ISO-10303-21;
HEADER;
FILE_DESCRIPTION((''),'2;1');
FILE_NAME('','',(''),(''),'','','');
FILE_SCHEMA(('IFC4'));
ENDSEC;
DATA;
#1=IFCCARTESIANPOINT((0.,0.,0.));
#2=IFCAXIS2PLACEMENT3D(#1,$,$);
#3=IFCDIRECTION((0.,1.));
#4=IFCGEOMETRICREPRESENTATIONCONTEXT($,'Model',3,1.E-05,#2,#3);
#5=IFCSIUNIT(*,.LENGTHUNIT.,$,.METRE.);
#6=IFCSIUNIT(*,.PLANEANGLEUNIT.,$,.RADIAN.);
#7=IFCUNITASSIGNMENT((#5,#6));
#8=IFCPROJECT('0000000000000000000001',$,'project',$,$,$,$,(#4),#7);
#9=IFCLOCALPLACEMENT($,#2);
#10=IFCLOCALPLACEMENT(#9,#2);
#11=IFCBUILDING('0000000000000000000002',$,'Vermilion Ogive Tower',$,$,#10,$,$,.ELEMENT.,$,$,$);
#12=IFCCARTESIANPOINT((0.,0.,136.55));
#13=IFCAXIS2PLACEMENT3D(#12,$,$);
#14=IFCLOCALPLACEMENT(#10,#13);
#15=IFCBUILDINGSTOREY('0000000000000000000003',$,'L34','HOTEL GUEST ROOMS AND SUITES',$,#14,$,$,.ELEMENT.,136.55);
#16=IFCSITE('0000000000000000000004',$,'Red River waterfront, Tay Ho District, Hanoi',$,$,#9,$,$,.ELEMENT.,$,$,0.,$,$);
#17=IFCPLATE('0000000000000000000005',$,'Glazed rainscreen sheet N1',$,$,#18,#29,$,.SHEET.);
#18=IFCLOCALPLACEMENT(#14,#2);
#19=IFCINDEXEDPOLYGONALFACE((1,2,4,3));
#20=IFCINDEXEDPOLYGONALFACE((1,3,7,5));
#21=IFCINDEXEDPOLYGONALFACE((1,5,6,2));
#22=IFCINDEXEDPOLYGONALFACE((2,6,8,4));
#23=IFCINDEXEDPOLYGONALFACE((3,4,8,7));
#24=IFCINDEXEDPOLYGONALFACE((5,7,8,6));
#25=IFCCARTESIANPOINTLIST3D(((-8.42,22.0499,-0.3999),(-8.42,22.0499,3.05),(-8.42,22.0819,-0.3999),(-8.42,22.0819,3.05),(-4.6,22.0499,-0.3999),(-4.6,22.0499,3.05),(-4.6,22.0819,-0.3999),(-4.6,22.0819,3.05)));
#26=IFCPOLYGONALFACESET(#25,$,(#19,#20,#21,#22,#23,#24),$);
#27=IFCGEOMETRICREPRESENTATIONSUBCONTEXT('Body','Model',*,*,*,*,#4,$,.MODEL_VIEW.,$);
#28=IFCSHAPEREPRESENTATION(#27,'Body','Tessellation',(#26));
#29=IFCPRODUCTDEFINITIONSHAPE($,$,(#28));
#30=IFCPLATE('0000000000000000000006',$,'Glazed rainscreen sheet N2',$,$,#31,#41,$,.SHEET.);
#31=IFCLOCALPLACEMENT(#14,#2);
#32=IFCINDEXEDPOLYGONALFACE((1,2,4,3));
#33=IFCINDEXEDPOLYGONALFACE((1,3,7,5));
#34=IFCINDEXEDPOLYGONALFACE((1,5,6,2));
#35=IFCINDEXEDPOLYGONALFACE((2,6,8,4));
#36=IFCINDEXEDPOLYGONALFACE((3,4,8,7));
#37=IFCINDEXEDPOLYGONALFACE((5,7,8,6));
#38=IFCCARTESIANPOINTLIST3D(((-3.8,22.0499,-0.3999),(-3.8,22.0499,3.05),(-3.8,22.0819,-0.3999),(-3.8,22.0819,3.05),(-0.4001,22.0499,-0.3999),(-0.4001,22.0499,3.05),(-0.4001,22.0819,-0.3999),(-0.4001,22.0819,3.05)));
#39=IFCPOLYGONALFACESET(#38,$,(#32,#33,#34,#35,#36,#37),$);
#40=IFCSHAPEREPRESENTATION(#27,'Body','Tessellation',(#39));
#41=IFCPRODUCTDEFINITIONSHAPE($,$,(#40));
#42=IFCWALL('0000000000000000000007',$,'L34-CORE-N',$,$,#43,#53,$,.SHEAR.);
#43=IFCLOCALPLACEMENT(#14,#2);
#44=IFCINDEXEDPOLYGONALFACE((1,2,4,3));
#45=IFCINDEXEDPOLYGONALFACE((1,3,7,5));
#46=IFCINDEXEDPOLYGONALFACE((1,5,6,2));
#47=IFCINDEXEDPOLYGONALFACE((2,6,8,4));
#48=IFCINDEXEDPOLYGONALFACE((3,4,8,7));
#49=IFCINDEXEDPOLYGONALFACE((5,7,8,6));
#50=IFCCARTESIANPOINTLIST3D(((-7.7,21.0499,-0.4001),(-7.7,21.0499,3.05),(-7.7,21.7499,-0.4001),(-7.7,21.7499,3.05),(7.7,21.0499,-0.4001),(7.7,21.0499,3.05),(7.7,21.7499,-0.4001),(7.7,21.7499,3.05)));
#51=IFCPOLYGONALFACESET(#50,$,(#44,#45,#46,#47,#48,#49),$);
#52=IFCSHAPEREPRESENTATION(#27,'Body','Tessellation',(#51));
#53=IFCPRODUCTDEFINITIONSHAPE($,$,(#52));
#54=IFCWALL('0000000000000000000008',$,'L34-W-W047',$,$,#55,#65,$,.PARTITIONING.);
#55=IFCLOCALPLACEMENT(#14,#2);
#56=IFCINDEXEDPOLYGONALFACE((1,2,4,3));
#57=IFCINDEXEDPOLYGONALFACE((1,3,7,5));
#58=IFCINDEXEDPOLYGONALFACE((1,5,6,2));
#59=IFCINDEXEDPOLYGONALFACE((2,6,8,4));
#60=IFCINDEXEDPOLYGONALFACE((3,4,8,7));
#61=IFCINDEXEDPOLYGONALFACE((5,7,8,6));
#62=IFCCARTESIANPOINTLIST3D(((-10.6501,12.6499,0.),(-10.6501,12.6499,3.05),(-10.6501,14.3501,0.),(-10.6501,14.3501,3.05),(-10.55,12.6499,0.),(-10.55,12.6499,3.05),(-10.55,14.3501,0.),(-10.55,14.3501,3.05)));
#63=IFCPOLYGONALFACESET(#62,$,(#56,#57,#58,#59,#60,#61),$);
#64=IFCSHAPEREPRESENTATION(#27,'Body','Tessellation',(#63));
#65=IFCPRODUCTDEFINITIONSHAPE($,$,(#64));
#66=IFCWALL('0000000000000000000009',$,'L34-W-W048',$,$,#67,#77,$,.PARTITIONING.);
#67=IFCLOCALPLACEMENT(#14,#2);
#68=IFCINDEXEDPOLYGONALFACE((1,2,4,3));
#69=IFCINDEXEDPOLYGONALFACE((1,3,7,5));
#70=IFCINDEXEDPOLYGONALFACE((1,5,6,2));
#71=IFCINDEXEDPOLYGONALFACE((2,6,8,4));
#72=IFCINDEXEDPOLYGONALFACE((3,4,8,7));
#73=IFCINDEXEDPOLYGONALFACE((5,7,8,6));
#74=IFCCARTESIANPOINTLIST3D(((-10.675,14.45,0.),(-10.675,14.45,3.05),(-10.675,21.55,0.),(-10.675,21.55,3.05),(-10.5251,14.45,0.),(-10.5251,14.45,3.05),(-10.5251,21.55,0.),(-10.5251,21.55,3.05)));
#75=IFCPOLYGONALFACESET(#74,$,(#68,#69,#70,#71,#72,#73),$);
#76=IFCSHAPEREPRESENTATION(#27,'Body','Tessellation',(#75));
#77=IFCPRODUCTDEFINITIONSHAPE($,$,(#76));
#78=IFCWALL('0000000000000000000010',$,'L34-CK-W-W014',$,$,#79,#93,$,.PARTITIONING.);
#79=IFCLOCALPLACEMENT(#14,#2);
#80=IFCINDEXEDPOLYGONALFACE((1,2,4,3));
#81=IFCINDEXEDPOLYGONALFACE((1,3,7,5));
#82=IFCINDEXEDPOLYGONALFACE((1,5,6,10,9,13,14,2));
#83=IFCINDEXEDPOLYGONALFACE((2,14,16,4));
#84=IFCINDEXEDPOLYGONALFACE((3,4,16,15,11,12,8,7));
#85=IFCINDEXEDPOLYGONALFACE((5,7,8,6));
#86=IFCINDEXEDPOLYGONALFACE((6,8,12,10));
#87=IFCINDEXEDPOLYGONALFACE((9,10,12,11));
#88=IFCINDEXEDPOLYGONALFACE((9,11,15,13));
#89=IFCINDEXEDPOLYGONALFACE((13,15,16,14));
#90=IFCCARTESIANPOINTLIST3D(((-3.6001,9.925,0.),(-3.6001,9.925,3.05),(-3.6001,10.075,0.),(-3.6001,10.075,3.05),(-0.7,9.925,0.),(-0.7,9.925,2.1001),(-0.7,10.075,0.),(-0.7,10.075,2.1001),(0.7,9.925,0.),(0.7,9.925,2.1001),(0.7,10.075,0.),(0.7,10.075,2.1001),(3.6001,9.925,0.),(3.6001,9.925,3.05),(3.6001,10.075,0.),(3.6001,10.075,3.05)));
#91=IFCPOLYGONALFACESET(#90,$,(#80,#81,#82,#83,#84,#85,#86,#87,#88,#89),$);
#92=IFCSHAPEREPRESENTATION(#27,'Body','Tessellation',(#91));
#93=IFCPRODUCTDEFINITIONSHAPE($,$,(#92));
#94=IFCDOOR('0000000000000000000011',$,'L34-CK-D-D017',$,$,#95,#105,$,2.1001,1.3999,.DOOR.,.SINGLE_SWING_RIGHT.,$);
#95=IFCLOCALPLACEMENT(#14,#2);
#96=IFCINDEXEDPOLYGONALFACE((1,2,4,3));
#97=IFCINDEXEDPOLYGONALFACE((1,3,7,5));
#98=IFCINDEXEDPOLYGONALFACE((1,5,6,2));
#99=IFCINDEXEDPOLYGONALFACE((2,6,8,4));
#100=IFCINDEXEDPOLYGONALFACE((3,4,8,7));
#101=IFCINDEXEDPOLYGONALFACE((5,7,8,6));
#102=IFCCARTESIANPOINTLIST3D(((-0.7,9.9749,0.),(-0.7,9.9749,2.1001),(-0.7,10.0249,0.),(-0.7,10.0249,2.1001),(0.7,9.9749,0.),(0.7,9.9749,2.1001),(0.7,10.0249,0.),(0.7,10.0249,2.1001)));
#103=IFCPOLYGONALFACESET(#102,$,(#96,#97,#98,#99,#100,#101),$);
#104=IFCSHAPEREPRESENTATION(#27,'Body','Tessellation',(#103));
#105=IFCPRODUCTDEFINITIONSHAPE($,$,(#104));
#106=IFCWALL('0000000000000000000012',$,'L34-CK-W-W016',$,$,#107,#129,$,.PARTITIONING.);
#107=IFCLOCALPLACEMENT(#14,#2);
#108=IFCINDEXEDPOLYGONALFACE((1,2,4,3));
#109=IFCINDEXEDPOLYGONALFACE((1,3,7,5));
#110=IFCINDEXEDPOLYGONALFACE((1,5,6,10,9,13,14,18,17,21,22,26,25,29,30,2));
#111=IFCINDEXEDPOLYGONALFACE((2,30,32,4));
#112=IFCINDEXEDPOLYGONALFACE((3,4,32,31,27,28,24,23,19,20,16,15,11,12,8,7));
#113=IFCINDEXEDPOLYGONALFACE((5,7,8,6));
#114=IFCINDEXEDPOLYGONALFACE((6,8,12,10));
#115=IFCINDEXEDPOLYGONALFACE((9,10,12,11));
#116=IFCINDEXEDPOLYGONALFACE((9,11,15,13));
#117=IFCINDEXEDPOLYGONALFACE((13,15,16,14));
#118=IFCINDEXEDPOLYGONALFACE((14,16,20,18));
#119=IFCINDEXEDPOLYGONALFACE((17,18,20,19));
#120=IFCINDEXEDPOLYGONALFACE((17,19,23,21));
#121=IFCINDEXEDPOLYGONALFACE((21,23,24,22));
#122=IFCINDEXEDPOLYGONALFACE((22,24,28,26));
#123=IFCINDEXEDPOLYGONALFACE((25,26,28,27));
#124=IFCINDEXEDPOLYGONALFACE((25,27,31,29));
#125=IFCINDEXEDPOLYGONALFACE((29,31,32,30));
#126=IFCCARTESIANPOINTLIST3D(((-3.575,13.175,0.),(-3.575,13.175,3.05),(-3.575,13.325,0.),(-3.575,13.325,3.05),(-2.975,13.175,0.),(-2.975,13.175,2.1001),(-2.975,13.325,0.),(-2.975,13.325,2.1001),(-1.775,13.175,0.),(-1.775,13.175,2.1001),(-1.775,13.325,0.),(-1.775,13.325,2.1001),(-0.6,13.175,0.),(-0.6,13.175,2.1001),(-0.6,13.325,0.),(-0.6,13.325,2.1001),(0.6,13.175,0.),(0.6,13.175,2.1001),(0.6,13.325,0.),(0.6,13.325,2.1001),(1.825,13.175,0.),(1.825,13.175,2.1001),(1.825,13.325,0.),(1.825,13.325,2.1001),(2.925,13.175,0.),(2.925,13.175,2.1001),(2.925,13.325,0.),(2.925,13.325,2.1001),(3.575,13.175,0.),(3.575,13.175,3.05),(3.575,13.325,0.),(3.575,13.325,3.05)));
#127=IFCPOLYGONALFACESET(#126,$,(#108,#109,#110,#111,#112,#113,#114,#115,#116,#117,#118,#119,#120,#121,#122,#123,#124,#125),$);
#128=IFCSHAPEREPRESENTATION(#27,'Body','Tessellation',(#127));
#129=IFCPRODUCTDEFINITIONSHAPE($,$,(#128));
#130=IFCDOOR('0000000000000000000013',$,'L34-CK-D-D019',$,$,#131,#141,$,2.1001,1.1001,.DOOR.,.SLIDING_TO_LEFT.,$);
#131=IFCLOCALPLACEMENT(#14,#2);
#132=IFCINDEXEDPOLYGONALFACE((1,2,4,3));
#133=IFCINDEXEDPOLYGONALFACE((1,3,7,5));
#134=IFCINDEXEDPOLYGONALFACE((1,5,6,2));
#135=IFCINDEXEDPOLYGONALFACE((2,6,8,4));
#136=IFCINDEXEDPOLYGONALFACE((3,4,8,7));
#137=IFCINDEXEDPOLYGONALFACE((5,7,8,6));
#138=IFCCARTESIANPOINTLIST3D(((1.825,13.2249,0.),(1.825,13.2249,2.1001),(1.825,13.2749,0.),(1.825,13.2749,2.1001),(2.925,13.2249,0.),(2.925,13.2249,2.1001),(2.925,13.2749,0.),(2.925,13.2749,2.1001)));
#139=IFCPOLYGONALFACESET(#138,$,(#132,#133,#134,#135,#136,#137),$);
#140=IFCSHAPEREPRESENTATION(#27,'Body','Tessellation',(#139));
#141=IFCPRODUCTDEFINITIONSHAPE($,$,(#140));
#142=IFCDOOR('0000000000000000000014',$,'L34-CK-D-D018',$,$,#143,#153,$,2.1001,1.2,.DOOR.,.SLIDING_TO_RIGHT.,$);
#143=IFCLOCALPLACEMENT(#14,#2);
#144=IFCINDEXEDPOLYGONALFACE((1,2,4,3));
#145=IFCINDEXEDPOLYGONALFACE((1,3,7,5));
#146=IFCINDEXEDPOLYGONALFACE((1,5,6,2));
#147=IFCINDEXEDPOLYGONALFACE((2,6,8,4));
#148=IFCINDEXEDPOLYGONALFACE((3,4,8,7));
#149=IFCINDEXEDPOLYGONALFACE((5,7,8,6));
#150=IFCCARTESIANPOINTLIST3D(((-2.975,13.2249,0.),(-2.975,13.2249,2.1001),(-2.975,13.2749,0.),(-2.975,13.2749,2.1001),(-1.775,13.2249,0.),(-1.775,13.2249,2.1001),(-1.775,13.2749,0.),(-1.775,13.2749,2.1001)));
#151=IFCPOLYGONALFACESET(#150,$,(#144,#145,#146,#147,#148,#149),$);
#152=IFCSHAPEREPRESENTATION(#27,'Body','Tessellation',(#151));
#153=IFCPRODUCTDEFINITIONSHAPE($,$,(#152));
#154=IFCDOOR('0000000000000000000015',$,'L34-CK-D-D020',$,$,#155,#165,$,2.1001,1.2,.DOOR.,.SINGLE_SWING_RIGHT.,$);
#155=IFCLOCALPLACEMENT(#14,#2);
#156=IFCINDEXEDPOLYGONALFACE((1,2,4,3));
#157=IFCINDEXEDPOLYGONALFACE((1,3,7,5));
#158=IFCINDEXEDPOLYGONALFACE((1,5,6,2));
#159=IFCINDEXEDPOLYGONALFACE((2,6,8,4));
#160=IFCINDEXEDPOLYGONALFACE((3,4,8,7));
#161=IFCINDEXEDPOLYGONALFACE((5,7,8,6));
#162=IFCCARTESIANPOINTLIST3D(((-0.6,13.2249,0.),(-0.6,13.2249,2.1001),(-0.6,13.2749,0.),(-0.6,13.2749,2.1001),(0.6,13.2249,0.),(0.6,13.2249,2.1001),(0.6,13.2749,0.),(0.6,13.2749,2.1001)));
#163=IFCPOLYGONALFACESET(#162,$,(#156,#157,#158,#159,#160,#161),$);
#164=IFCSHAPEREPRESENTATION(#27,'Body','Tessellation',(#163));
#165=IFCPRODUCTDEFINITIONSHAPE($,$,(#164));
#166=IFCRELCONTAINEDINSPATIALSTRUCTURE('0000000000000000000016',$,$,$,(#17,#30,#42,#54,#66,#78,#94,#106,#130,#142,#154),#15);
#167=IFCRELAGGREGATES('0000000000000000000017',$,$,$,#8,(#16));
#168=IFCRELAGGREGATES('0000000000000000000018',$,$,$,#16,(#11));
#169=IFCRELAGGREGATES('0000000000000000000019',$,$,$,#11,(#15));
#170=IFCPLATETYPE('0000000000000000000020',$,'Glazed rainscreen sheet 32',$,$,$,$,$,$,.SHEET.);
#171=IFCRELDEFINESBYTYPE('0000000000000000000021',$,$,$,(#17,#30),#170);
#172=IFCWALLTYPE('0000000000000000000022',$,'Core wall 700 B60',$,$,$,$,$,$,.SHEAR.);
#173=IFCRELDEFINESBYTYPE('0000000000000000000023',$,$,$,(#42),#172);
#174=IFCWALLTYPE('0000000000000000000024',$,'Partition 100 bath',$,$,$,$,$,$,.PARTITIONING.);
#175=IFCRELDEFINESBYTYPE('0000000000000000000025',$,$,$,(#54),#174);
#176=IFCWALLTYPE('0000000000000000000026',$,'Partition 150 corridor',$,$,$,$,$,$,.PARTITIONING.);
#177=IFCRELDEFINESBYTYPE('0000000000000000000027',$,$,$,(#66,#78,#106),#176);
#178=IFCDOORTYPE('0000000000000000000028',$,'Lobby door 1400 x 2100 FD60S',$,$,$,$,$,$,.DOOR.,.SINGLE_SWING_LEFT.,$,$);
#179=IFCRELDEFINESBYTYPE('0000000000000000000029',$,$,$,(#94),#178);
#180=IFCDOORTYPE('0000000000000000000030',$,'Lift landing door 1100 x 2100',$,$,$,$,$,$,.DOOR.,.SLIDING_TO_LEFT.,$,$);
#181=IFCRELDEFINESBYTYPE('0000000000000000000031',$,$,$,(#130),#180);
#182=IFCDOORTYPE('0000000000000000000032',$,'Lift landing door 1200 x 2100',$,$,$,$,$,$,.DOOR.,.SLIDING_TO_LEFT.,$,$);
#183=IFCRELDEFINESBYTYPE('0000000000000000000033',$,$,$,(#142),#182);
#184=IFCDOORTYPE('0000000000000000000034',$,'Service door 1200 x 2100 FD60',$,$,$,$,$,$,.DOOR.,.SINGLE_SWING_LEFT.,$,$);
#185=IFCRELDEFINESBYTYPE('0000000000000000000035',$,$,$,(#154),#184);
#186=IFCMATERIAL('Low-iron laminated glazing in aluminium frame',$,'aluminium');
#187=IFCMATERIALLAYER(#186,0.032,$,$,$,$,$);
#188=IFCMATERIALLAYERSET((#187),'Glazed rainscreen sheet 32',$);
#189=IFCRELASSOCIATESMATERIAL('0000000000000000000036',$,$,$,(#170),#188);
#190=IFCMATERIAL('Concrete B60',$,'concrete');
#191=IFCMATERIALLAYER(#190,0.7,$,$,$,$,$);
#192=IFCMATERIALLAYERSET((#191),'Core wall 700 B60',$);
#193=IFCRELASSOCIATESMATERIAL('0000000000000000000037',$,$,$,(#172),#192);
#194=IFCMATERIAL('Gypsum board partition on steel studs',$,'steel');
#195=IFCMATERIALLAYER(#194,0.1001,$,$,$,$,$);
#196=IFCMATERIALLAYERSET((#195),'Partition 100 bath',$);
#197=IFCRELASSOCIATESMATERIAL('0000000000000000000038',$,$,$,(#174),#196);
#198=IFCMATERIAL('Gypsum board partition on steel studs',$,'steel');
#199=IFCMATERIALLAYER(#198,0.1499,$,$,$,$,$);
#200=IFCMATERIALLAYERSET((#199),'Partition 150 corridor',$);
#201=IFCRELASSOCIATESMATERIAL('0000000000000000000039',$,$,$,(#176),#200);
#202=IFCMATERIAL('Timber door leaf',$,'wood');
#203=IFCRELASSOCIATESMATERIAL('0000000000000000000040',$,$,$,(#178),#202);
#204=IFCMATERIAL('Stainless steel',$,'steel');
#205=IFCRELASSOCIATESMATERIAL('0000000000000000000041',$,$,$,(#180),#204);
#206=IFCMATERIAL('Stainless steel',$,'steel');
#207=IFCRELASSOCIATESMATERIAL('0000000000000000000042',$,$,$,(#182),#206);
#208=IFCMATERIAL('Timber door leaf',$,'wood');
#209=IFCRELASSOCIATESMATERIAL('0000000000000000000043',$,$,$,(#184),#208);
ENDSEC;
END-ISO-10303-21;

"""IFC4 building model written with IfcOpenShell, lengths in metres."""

from ifc_helpers import new_model, si_unit, direction, frame, frame_2d, origin, origin_2d, place, context, subcontext, project, spatial, rectangle, extrude, material, layer, layer_set, type_object, element, fill, save


model = new_model("IFC4")

# Units and contexts
model_context = context("Model", 3, precision=1e-05, world=origin(), true_north=direction((0.0, 1.0)))
body_context = subcontext(model_context, "Body", "Model", "MODEL_VIEW")
ifc_project = project(units=[si_unit("LENGTHUNIT", "METRE"), si_unit("PLANEANGLEUNIT", "RADIAN")], contexts=[model_context])

# Site, building, storey
site_placement = place(None, origin())
site = spatial("IfcSite", under=ifc_project, at=site_placement, Name="Red River waterfront, Tay Ho District, Hanoi", CompositionType="ELEMENT", RefElevation=0.0)
building_placement = place(site_placement, origin())
building = spatial("IfcBuilding", under=site, at=building_placement, Name="Vermilion Ogive Tower", CompositionType="ELEMENT")
storey_placement = place(building_placement, frame((0.0, 0.0, 136.55)))
storey = spatial("IfcBuildingStorey", under=building, at=storey_placement, Name="L34", Description="HOTEL GUEST ROOMS AND SUITES", CompositionType="ELEMENT", Elevation=136.55)

# Plates
ifc_material_1 = material(Name="Low-iron laminated glazing in aluminium frame", Category="aluminium")
ifc_layer_1 = layer(ifc_material_1, 0.032)
ifc_layer_set_1 = layer_set([ifc_layer_1], Name="Glazed rainscreen sheet 32")
plate_type = type_object("IfcPlateType", Name="Glazed rainscreen sheet 32", PredefinedType="SHEET", material=ifc_layer_set_1)
plate_1_placement = place(storey_placement, frame((-6.51, 22.0659, -0.3999), z_axis=(0.0, 0.0, 1.0), x_axis=(1.0, 0.0, 0.0)))
element("IfcPlate", 1, at=plate_1_placement, inside=storey, type_object=plate_type, Name="Glazed rainscreen sheet N1", PredefinedType="SHEET", context=body_context, shape_type="SweptSolid", body=[
    extrude(rectangle(XDim=3.8201, YDim=0.032, at=origin_2d()), origin(), (0.0, 0.0, 1.0), 3.45),
])
plate_2_placement = place(storey_placement, frame((-2.1001, 22.0659, -0.3999), z_axis=(0.0, 0.0, 1.0), x_axis=(1.0, 0.0, 0.0)))
element("IfcPlate", 2, at=plate_2_placement, inside=storey, type_object=plate_type, Name="Glazed rainscreen sheet N2", PredefinedType="SHEET", context=body_context, shape_type="SweptSolid", body=[
    extrude(rectangle(XDim=3.3999, YDim=0.032, at=origin_2d()), origin(), (0.0, 0.0, 1.0), 3.45),
])

# Walls
ifc_material_2 = material(Name="Concrete B60", Category="concrete")
ifc_layer_2 = layer(ifc_material_2, 0.7)
ifc_layer_set_2 = layer_set([ifc_layer_2], Name="Core wall 700 B60")
wall_type_1 = type_object("IfcWallType", Name="Core wall 700 B60", PredefinedType="SHEAR", material=ifc_layer_set_2)
wall_1_placement = place(storey_placement, frame((-7.7, 21.3999, -0.4001), z_axis=(0.0, 0.0, 1.0), x_axis=(1.0, 0.0, 0.0)))
element("IfcWall", 3, at=wall_1_placement, inside=storey, type_object=wall_type_1, Name="L34-CORE-N", PredefinedType="SHEAR", context=body_context, shape_type="SweptSolid", body=[
    extrude(rectangle(XDim=15.3999, YDim=0.7, at=frame_2d((7.7, 0.0))), origin(), (0.0, 0.0, 1.0), 3.4502),
])
ifc_material_3 = material(Name="Gypsum board partition on steel studs", Category="steel")
ifc_layer_3 = layer(ifc_material_3, 0.1001)
ifc_layer_set_3 = layer_set([ifc_layer_3], Name="Partition 100 bath")
wall_type_2 = type_object("IfcWallType", Name="Partition 100 bath", PredefinedType="PARTITIONING", material=ifc_layer_set_3)
wall_2_placement = place(storey_placement, frame((-10.6001, 12.6499, 0.0), z_axis=(0.0, 0.0, 1.0), x_axis=(0.0, 1.0, 0.0)))
element("IfcWall", 4, at=wall_2_placement, inside=storey, type_object=wall_type_2, Name="L34-W-W047", PredefinedType="PARTITIONING", context=body_context, shape_type="SweptSolid", body=[
    extrude(rectangle(XDim=1.7002, YDim=0.1001, at=frame_2d((0.8501, 0.0))), origin(), (0.0, 0.0, 1.0), 3.05),
])
ifc_material_4 = material(Name="Gypsum board partition on steel studs", Category="steel")
ifc_layer_4 = layer(ifc_material_4, 0.1499)
ifc_layer_set_4 = layer_set([ifc_layer_4], Name="Partition 150 corridor")
wall_type_3 = type_object("IfcWallType", Name="Partition 150 corridor", PredefinedType="PARTITIONING", material=ifc_layer_set_4)
wall_3_placement = place(storey_placement, frame((-10.6001, 14.45, 0.0), z_axis=(0.0, 0.0, 1.0), x_axis=(0.0, 1.0, 0.0)))
element("IfcWall", 5, at=wall_3_placement, inside=storey, type_object=wall_type_3, Name="L34-W-W048", PredefinedType="PARTITIONING", context=body_context, shape_type="SweptSolid", body=[
    extrude(rectangle(XDim=7.1001, YDim=0.1499, at=frame_2d((3.55, 0.0))), origin(), (0.0, 0.0, 1.0), 3.05),
])

# Wall, opening, door
wall_4_placement = place(storey_placement, frame((-3.6001, 10.0, 0.0), z_axis=(0.0, 0.0, 1.0), x_axis=(1.0, 0.0, 0.0)))
wall_4 = element("IfcWall", 6, at=wall_4_placement, inside=storey, type_object=wall_type_3, Name="L34-CK-W-W014", PredefinedType="PARTITIONING", context=body_context, shape_type="SweptSolid", body=[
    extrude(rectangle(XDim=7.2002, YDim=0.1499, at=frame_2d((3.6001, 0.0))), origin(), (0.0, 0.0, 1.0), 3.05),
])
opening_1_placement = place(wall_4_placement, frame((2.9001, 0.0, 0.0)))
opening_1 = element("IfcOpeningElement", 7, at=opening_1_placement, cuts=wall_4, PredefinedType="OPENING", context=body_context, shape_type="SweptSolid", body=[
    extrude(rectangle(XDim=1.3999, YDim=2.1001, at=frame_2d((0.7, 1.05))), frame((0.0, 0.085, 0.0), z_axis=(0.0, -1.0, 0.0), x_axis=(1.0, 0.0, 0.0)), (0.0, 0.0, 1.0), 0.1699),
])
ifc_material_5 = material(Name="Timber door leaf", Category="wood")
door_type_1 = type_object("IfcDoorType", Name="Lobby door 1400 x 2100 FD60S", OperationType="SINGLE_SWING_LEFT", PredefinedType="DOOR", material=ifc_material_5)
door_1_placement = place(opening_1_placement, origin())
door_1 = element("IfcDoor", 8, at=door_1_placement, inside=storey, type_object=door_type_1, Name="L34-CK-D-D017", OperationType="SINGLE_SWING_RIGHT", OverallHeight=2.1001, OverallWidth=1.3999, PredefinedType="DOOR", context=body_context, shape_type="SweptSolid", body=[
    extrude(rectangle(XDim=1.3999, YDim=2.1001, at=frame_2d((0.7, 1.05))), frame((0.0, 0.0249, 0.0), z_axis=(0.0, -1.0, 0.0), x_axis=(1.0, 0.0, 0.0)), (0.0, 0.0, 1.0), 0.05),
])
fill(opening_1, door_1)

# Wall, openings, doors
wall_5_placement = place(storey_placement, frame((-3.575, 13.25, 0.0), z_axis=(0.0, 0.0, 1.0), x_axis=(1.0, 0.0, 0.0)))
wall_5 = element("IfcWall", 9, at=wall_5_placement, inside=storey, type_object=wall_type_3, Name="L34-CK-W-W016", PredefinedType="PARTITIONING", context=body_context, shape_type="SweptSolid", body=[
    extrude(rectangle(XDim=7.1499, YDim=0.1499, at=frame_2d((3.575, 0.0))), origin(), (0.0, 0.0, 1.0), 3.05),
])
opening_2_placement = place(wall_5_placement, frame((0.5999, 0.0, 0.0)))
opening_2 = element("IfcOpeningElement", 10, at=opening_2_placement, cuts=wall_5, PredefinedType="OPENING", context=body_context, shape_type="SweptSolid", body=[
    extrude(rectangle(XDim=1.2, YDim=2.1001, at=frame_2d((0.6001, 1.05))), frame((0.0, 0.085, 0.0), z_axis=(0.0, -1.0, 0.0), x_axis=(1.0, 0.0, 0.0)), (0.0, 0.0, 1.0), 0.1699),
])
opening_3_placement = place(wall_5_placement, frame((5.3999, 0.0, 0.0)))
opening_3 = element("IfcOpeningElement", 11, at=opening_3_placement, cuts=wall_5, PredefinedType="OPENING", context=body_context, shape_type="SweptSolid", body=[
    extrude(rectangle(XDim=1.1001, YDim=2.1001, at=frame_2d((0.55, 1.05))), frame((0.0, 0.085, 0.0), z_axis=(0.0, -1.0, 0.0), x_axis=(1.0, 0.0, 0.0)), (0.0, 0.0, 1.0), 0.1699),
])
opening_4_placement = place(wall_5_placement, frame((2.9749, 0.0, 0.0)))
opening_4 = element("IfcOpeningElement", 12, at=opening_4_placement, cuts=wall_5, PredefinedType="OPENING", context=body_context, shape_type="SweptSolid", body=[
    extrude(rectangle(XDim=1.2, YDim=2.1001, at=frame_2d((0.6001, 1.05))), frame((0.0, 0.085, 0.0), z_axis=(0.0, -1.0, 0.0), x_axis=(1.0, 0.0, 0.0)), (0.0, 0.0, 1.0), 0.1699),
])
ifc_material_6 = material(Name="Stainless steel", Category="steel")
door_type_2 = type_object("IfcDoorType", Name="Lift landing door 1100 x 2100", OperationType="SLIDING_TO_LEFT", PredefinedType="DOOR", material=ifc_material_6)
door_2_placement = place(opening_3_placement, origin())
door_2 = element("IfcDoor", 13, at=door_2_placement, inside=storey, type_object=door_type_2, Name="L34-CK-D-D019", OperationType="SLIDING_TO_LEFT", OverallHeight=2.1001, OverallWidth=1.1001, PredefinedType="DOOR", context=body_context, shape_type="SweptSolid", body=[
    extrude(rectangle(XDim=1.1001, YDim=2.1001, at=frame_2d((0.55, 1.05))), frame((0.0, 0.0249, 0.0), z_axis=(0.0, -1.0, 0.0), x_axis=(1.0, 0.0, 0.0)), (0.0, 0.0, 1.0), 0.05),
])
fill(opening_3, door_2)
ifc_material_7 = material(Name="Stainless steel", Category="steel")
door_type_3 = type_object("IfcDoorType", Name="Lift landing door 1200 x 2100", OperationType="SLIDING_TO_LEFT", PredefinedType="DOOR", material=ifc_material_7)
door_3_placement = place(opening_2_placement, origin())
door_3 = element("IfcDoor", 14, at=door_3_placement, inside=storey, type_object=door_type_3, Name="L34-CK-D-D018", OperationType="SLIDING_TO_RIGHT", OverallHeight=2.1001, OverallWidth=1.2, PredefinedType="DOOR", context=body_context, shape_type="SweptSolid", body=[
    extrude(rectangle(XDim=1.2, YDim=2.1001, at=frame_2d((0.6001, 1.05))), frame((0.0, 0.0249, 0.0), z_axis=(0.0, -1.0, 0.0), x_axis=(1.0, 0.0, 0.0)), (0.0, 0.0, 1.0), 0.05),
])
fill(opening_2, door_3)
ifc_material_8 = material(Name="Timber door leaf", Category="wood")
door_type_4 = type_object("IfcDoorType", Name="Service door 1200 x 2100 FD60", OperationType="SINGLE_SWING_LEFT", PredefinedType="DOOR", material=ifc_material_8)
door_4_placement = place(opening_4_placement, origin())
door_4 = element("IfcDoor", 15, at=door_4_placement, inside=storey, type_object=door_type_4, Name="L34-CK-D-D020", OperationType="SINGLE_SWING_RIGHT", OverallHeight=2.1001, OverallWidth=1.2, PredefinedType="DOOR", context=body_context, shape_type="SweptSolid", body=[
    extrude(rectangle(XDim=1.2, YDim=2.1001, at=frame_2d((0.6001, 1.05))), frame((0.0, 0.0249, 0.0), z_axis=(0.0, -1.0, 0.0), x_axis=(1.0, 0.0, 0.0)), (0.0, 0.0, 1.0), 0.05),
])
fill(opening_4, door_4)

save(model, "model.ifc")
